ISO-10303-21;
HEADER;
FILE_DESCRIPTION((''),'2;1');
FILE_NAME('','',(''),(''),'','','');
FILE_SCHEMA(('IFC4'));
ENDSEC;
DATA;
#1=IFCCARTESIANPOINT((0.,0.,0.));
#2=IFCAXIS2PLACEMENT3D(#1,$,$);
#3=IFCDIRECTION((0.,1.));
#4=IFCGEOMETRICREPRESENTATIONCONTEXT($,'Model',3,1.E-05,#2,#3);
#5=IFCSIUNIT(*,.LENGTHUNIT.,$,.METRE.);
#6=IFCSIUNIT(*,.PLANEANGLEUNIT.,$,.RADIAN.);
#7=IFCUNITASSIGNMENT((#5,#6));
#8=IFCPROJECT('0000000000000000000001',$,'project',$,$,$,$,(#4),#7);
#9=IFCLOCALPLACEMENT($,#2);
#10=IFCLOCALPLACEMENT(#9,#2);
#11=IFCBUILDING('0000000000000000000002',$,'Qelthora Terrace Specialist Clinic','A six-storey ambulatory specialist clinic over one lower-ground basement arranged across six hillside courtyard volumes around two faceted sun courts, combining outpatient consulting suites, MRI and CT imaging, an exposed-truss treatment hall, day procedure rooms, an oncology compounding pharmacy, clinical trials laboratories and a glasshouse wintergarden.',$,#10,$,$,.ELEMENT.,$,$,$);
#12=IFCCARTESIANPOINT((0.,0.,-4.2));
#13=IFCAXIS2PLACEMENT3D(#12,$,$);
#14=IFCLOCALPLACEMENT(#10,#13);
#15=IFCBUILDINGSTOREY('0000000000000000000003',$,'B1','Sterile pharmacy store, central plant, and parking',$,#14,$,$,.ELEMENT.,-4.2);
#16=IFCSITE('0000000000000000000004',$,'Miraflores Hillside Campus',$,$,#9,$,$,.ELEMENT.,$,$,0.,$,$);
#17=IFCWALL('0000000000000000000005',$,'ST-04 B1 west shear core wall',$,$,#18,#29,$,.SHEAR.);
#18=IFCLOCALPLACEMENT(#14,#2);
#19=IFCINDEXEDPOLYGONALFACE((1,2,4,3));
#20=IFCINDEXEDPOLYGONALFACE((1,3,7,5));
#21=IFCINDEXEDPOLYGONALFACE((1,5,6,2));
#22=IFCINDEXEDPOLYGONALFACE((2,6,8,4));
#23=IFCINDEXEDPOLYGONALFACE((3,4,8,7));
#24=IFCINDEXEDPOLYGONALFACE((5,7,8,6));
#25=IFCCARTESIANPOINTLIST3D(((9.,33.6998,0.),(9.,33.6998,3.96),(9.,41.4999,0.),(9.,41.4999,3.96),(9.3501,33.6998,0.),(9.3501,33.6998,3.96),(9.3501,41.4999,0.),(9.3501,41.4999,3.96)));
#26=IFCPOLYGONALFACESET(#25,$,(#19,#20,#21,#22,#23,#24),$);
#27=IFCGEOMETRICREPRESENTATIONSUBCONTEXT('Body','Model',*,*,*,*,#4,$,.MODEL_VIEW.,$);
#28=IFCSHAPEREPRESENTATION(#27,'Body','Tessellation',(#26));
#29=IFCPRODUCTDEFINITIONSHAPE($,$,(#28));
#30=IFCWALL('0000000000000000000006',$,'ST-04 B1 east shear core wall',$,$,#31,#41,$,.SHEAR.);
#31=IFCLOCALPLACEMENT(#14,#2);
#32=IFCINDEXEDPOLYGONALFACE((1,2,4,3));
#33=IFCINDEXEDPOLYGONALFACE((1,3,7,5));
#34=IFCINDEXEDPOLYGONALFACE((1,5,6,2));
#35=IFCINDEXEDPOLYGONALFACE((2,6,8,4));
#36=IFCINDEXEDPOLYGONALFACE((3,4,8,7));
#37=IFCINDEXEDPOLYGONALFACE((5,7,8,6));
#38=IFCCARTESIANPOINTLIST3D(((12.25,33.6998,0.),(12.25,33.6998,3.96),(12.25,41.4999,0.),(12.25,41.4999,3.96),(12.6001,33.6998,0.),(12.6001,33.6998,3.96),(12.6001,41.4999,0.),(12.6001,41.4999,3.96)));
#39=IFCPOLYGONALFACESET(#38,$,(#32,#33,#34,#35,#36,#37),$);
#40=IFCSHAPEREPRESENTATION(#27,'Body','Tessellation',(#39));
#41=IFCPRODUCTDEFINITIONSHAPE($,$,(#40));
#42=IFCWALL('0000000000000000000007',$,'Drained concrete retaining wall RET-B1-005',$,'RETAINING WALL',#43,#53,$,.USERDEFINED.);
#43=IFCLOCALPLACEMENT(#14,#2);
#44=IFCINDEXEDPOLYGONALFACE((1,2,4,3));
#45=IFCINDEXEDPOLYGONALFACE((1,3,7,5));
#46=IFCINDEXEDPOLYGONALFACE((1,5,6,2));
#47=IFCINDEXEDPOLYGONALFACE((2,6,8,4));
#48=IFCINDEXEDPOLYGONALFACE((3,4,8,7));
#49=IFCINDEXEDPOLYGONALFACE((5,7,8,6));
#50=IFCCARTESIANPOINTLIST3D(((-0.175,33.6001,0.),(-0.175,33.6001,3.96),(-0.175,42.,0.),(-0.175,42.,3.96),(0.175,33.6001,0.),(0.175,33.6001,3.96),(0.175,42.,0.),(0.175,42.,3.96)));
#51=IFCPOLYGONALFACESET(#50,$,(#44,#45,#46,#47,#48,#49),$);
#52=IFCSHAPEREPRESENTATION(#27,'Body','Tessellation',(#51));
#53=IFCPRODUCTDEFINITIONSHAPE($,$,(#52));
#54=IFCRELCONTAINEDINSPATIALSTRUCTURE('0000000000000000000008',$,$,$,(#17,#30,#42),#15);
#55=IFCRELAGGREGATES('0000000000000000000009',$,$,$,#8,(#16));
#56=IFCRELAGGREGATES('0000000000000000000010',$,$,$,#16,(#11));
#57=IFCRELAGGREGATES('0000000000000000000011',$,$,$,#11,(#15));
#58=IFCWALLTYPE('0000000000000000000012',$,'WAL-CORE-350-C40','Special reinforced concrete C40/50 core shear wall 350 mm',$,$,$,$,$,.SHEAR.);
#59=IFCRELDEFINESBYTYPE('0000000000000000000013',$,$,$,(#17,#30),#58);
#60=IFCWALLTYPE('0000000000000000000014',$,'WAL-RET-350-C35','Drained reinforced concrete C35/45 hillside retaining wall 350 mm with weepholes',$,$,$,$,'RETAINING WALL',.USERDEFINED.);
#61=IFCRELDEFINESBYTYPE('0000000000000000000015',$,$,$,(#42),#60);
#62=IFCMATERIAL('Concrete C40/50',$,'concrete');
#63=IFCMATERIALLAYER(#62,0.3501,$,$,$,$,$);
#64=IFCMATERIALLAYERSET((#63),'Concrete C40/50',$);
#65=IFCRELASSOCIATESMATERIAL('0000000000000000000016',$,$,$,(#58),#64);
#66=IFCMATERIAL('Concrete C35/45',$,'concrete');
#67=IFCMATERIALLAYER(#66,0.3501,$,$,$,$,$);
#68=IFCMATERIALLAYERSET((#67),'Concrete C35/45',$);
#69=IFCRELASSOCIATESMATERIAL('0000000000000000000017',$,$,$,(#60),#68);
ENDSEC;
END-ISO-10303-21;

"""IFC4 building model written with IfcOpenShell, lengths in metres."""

from ifc_helpers import new_model, si_unit, direction, frame, frame_2d, origin, place, context, subcontext, project, spatial, rectangle, extrude, material, layer, layer_set, type_object, element, save


model = new_model("IFC4")

# Units and contexts
model_context = context("Model", 3, precision=1e-05, world=origin(), true_north=direction((0.0, 1.0)))
body_context = subcontext(model_context, "Body", "Model", "MODEL_VIEW")
ifc_project = project(units=[si_unit("LENGTHUNIT", "METRE"), si_unit("PLANEANGLEUNIT", "RADIAN")], contexts=[model_context])

# Site, building, storey
site_placement = place(None, origin())
site = spatial("IfcSite", under=ifc_project, at=site_placement, Name="Miraflores Hillside Campus", CompositionType="ELEMENT", RefElevation=0.0)
building_placement = place(site_placement, origin())
building = spatial("IfcBuilding", under=site, at=building_placement, Name="Qelthora Terrace Specialist Clinic", Description="A six-storey ambulatory specialist clinic over one lower-ground basement arranged across six hillside courtyard volumes around two faceted sun courts, combining outpatient consulting suites, MRI and CT imaging, an exposed-truss treatment hall, day procedure rooms, an oncology compounding pharmacy, clinical trials laboratories and a glasshouse wintergarden.", CompositionType="ELEMENT")
storey_placement = place(building_placement, frame((0.0, 0.0, -4.2)))
storey = spatial("IfcBuildingStorey", under=building, at=storey_placement, Name="B1", Description="Sterile pharmacy store, central plant, and parking", CompositionType="ELEMENT", Elevation=-4.2)

# Shared definitions
ifc_material_1 = material(Name="Concrete C35/45", Category="concrete")

# Shared definitions
ifc_material_2 = material(Name="Concrete C40/50", Category="concrete")

# Walls
ifc_layer_1 = layer(ifc_material_2, 0.3501)
ifc_layer_set_1 = layer_set([ifc_layer_1], Name="Concrete C40/50")
wall_type_1 = type_object("IfcWallType", Name="WAL-CORE-350-C40", Description="Special reinforced concrete C40/50 core shear wall 350 mm", PredefinedType="SHEAR", material=ifc_layer_set_1)
for number, where, z_axis, x_axis, name in (
    (1, (9.175, 33.7, 0.0), (0.0, 0.0, 1.0), (0.0, 1.0, 0.0), "ST-04 B1 west shear core wall"),
    (2, (12.425, 33.7, 0.0), (0.0, 0.0, 1.0), (0.0, 1.0, 0.0), "ST-04 B1 east shear core wall"),
):
    element("IfcWall", number, at=place(storey_placement, frame(where, z_axis=z_axis, x_axis=x_axis)), inside=storey, type_object=wall_type_1, Name=name, PredefinedType="SHEAR", context=body_context, shape_type="SweptSolid", body=[
        extrude(rectangle(XDim=7.8, YDim=0.3501, at=frame_2d((3.8999, 0.0))), origin(), (0.0, 0.0, 1.0), 3.96),
    ])

# Wall
ifc_layer_2 = layer(ifc_material_1, 0.3501)
ifc_layer_set_2 = layer_set([ifc_layer_2], Name="Concrete C35/45")
wall_type_2 = type_object("IfcWallType", Name="WAL-RET-350-C35", Description="Drained reinforced concrete C35/45 hillside retaining wall 350 mm with weepholes", ElementType="RETAINING WALL", PredefinedType="USERDEFINED", material=ifc_layer_set_2)
wall_1_placement = place(storey_placement, frame((0.0, 33.6001, 0.0), z_axis=(0.0, 0.0, 1.0), x_axis=(0.0, 1.0, 0.0)))
element("IfcWall", 3, at=wall_1_placement, inside=storey, type_object=wall_type_2, Name="Drained concrete retaining wall RET-B1-005", ObjectType="RETAINING WALL", PredefinedType="USERDEFINED", context=body_context, shape_type="SweptSolid", body=[
    extrude(rectangle(XDim=8.3999, YDim=0.3501, at=frame_2d((4.2, 0.0))), origin(), (0.0, 0.0, 1.0), 3.96),
])

save(model, "model.ifc")
